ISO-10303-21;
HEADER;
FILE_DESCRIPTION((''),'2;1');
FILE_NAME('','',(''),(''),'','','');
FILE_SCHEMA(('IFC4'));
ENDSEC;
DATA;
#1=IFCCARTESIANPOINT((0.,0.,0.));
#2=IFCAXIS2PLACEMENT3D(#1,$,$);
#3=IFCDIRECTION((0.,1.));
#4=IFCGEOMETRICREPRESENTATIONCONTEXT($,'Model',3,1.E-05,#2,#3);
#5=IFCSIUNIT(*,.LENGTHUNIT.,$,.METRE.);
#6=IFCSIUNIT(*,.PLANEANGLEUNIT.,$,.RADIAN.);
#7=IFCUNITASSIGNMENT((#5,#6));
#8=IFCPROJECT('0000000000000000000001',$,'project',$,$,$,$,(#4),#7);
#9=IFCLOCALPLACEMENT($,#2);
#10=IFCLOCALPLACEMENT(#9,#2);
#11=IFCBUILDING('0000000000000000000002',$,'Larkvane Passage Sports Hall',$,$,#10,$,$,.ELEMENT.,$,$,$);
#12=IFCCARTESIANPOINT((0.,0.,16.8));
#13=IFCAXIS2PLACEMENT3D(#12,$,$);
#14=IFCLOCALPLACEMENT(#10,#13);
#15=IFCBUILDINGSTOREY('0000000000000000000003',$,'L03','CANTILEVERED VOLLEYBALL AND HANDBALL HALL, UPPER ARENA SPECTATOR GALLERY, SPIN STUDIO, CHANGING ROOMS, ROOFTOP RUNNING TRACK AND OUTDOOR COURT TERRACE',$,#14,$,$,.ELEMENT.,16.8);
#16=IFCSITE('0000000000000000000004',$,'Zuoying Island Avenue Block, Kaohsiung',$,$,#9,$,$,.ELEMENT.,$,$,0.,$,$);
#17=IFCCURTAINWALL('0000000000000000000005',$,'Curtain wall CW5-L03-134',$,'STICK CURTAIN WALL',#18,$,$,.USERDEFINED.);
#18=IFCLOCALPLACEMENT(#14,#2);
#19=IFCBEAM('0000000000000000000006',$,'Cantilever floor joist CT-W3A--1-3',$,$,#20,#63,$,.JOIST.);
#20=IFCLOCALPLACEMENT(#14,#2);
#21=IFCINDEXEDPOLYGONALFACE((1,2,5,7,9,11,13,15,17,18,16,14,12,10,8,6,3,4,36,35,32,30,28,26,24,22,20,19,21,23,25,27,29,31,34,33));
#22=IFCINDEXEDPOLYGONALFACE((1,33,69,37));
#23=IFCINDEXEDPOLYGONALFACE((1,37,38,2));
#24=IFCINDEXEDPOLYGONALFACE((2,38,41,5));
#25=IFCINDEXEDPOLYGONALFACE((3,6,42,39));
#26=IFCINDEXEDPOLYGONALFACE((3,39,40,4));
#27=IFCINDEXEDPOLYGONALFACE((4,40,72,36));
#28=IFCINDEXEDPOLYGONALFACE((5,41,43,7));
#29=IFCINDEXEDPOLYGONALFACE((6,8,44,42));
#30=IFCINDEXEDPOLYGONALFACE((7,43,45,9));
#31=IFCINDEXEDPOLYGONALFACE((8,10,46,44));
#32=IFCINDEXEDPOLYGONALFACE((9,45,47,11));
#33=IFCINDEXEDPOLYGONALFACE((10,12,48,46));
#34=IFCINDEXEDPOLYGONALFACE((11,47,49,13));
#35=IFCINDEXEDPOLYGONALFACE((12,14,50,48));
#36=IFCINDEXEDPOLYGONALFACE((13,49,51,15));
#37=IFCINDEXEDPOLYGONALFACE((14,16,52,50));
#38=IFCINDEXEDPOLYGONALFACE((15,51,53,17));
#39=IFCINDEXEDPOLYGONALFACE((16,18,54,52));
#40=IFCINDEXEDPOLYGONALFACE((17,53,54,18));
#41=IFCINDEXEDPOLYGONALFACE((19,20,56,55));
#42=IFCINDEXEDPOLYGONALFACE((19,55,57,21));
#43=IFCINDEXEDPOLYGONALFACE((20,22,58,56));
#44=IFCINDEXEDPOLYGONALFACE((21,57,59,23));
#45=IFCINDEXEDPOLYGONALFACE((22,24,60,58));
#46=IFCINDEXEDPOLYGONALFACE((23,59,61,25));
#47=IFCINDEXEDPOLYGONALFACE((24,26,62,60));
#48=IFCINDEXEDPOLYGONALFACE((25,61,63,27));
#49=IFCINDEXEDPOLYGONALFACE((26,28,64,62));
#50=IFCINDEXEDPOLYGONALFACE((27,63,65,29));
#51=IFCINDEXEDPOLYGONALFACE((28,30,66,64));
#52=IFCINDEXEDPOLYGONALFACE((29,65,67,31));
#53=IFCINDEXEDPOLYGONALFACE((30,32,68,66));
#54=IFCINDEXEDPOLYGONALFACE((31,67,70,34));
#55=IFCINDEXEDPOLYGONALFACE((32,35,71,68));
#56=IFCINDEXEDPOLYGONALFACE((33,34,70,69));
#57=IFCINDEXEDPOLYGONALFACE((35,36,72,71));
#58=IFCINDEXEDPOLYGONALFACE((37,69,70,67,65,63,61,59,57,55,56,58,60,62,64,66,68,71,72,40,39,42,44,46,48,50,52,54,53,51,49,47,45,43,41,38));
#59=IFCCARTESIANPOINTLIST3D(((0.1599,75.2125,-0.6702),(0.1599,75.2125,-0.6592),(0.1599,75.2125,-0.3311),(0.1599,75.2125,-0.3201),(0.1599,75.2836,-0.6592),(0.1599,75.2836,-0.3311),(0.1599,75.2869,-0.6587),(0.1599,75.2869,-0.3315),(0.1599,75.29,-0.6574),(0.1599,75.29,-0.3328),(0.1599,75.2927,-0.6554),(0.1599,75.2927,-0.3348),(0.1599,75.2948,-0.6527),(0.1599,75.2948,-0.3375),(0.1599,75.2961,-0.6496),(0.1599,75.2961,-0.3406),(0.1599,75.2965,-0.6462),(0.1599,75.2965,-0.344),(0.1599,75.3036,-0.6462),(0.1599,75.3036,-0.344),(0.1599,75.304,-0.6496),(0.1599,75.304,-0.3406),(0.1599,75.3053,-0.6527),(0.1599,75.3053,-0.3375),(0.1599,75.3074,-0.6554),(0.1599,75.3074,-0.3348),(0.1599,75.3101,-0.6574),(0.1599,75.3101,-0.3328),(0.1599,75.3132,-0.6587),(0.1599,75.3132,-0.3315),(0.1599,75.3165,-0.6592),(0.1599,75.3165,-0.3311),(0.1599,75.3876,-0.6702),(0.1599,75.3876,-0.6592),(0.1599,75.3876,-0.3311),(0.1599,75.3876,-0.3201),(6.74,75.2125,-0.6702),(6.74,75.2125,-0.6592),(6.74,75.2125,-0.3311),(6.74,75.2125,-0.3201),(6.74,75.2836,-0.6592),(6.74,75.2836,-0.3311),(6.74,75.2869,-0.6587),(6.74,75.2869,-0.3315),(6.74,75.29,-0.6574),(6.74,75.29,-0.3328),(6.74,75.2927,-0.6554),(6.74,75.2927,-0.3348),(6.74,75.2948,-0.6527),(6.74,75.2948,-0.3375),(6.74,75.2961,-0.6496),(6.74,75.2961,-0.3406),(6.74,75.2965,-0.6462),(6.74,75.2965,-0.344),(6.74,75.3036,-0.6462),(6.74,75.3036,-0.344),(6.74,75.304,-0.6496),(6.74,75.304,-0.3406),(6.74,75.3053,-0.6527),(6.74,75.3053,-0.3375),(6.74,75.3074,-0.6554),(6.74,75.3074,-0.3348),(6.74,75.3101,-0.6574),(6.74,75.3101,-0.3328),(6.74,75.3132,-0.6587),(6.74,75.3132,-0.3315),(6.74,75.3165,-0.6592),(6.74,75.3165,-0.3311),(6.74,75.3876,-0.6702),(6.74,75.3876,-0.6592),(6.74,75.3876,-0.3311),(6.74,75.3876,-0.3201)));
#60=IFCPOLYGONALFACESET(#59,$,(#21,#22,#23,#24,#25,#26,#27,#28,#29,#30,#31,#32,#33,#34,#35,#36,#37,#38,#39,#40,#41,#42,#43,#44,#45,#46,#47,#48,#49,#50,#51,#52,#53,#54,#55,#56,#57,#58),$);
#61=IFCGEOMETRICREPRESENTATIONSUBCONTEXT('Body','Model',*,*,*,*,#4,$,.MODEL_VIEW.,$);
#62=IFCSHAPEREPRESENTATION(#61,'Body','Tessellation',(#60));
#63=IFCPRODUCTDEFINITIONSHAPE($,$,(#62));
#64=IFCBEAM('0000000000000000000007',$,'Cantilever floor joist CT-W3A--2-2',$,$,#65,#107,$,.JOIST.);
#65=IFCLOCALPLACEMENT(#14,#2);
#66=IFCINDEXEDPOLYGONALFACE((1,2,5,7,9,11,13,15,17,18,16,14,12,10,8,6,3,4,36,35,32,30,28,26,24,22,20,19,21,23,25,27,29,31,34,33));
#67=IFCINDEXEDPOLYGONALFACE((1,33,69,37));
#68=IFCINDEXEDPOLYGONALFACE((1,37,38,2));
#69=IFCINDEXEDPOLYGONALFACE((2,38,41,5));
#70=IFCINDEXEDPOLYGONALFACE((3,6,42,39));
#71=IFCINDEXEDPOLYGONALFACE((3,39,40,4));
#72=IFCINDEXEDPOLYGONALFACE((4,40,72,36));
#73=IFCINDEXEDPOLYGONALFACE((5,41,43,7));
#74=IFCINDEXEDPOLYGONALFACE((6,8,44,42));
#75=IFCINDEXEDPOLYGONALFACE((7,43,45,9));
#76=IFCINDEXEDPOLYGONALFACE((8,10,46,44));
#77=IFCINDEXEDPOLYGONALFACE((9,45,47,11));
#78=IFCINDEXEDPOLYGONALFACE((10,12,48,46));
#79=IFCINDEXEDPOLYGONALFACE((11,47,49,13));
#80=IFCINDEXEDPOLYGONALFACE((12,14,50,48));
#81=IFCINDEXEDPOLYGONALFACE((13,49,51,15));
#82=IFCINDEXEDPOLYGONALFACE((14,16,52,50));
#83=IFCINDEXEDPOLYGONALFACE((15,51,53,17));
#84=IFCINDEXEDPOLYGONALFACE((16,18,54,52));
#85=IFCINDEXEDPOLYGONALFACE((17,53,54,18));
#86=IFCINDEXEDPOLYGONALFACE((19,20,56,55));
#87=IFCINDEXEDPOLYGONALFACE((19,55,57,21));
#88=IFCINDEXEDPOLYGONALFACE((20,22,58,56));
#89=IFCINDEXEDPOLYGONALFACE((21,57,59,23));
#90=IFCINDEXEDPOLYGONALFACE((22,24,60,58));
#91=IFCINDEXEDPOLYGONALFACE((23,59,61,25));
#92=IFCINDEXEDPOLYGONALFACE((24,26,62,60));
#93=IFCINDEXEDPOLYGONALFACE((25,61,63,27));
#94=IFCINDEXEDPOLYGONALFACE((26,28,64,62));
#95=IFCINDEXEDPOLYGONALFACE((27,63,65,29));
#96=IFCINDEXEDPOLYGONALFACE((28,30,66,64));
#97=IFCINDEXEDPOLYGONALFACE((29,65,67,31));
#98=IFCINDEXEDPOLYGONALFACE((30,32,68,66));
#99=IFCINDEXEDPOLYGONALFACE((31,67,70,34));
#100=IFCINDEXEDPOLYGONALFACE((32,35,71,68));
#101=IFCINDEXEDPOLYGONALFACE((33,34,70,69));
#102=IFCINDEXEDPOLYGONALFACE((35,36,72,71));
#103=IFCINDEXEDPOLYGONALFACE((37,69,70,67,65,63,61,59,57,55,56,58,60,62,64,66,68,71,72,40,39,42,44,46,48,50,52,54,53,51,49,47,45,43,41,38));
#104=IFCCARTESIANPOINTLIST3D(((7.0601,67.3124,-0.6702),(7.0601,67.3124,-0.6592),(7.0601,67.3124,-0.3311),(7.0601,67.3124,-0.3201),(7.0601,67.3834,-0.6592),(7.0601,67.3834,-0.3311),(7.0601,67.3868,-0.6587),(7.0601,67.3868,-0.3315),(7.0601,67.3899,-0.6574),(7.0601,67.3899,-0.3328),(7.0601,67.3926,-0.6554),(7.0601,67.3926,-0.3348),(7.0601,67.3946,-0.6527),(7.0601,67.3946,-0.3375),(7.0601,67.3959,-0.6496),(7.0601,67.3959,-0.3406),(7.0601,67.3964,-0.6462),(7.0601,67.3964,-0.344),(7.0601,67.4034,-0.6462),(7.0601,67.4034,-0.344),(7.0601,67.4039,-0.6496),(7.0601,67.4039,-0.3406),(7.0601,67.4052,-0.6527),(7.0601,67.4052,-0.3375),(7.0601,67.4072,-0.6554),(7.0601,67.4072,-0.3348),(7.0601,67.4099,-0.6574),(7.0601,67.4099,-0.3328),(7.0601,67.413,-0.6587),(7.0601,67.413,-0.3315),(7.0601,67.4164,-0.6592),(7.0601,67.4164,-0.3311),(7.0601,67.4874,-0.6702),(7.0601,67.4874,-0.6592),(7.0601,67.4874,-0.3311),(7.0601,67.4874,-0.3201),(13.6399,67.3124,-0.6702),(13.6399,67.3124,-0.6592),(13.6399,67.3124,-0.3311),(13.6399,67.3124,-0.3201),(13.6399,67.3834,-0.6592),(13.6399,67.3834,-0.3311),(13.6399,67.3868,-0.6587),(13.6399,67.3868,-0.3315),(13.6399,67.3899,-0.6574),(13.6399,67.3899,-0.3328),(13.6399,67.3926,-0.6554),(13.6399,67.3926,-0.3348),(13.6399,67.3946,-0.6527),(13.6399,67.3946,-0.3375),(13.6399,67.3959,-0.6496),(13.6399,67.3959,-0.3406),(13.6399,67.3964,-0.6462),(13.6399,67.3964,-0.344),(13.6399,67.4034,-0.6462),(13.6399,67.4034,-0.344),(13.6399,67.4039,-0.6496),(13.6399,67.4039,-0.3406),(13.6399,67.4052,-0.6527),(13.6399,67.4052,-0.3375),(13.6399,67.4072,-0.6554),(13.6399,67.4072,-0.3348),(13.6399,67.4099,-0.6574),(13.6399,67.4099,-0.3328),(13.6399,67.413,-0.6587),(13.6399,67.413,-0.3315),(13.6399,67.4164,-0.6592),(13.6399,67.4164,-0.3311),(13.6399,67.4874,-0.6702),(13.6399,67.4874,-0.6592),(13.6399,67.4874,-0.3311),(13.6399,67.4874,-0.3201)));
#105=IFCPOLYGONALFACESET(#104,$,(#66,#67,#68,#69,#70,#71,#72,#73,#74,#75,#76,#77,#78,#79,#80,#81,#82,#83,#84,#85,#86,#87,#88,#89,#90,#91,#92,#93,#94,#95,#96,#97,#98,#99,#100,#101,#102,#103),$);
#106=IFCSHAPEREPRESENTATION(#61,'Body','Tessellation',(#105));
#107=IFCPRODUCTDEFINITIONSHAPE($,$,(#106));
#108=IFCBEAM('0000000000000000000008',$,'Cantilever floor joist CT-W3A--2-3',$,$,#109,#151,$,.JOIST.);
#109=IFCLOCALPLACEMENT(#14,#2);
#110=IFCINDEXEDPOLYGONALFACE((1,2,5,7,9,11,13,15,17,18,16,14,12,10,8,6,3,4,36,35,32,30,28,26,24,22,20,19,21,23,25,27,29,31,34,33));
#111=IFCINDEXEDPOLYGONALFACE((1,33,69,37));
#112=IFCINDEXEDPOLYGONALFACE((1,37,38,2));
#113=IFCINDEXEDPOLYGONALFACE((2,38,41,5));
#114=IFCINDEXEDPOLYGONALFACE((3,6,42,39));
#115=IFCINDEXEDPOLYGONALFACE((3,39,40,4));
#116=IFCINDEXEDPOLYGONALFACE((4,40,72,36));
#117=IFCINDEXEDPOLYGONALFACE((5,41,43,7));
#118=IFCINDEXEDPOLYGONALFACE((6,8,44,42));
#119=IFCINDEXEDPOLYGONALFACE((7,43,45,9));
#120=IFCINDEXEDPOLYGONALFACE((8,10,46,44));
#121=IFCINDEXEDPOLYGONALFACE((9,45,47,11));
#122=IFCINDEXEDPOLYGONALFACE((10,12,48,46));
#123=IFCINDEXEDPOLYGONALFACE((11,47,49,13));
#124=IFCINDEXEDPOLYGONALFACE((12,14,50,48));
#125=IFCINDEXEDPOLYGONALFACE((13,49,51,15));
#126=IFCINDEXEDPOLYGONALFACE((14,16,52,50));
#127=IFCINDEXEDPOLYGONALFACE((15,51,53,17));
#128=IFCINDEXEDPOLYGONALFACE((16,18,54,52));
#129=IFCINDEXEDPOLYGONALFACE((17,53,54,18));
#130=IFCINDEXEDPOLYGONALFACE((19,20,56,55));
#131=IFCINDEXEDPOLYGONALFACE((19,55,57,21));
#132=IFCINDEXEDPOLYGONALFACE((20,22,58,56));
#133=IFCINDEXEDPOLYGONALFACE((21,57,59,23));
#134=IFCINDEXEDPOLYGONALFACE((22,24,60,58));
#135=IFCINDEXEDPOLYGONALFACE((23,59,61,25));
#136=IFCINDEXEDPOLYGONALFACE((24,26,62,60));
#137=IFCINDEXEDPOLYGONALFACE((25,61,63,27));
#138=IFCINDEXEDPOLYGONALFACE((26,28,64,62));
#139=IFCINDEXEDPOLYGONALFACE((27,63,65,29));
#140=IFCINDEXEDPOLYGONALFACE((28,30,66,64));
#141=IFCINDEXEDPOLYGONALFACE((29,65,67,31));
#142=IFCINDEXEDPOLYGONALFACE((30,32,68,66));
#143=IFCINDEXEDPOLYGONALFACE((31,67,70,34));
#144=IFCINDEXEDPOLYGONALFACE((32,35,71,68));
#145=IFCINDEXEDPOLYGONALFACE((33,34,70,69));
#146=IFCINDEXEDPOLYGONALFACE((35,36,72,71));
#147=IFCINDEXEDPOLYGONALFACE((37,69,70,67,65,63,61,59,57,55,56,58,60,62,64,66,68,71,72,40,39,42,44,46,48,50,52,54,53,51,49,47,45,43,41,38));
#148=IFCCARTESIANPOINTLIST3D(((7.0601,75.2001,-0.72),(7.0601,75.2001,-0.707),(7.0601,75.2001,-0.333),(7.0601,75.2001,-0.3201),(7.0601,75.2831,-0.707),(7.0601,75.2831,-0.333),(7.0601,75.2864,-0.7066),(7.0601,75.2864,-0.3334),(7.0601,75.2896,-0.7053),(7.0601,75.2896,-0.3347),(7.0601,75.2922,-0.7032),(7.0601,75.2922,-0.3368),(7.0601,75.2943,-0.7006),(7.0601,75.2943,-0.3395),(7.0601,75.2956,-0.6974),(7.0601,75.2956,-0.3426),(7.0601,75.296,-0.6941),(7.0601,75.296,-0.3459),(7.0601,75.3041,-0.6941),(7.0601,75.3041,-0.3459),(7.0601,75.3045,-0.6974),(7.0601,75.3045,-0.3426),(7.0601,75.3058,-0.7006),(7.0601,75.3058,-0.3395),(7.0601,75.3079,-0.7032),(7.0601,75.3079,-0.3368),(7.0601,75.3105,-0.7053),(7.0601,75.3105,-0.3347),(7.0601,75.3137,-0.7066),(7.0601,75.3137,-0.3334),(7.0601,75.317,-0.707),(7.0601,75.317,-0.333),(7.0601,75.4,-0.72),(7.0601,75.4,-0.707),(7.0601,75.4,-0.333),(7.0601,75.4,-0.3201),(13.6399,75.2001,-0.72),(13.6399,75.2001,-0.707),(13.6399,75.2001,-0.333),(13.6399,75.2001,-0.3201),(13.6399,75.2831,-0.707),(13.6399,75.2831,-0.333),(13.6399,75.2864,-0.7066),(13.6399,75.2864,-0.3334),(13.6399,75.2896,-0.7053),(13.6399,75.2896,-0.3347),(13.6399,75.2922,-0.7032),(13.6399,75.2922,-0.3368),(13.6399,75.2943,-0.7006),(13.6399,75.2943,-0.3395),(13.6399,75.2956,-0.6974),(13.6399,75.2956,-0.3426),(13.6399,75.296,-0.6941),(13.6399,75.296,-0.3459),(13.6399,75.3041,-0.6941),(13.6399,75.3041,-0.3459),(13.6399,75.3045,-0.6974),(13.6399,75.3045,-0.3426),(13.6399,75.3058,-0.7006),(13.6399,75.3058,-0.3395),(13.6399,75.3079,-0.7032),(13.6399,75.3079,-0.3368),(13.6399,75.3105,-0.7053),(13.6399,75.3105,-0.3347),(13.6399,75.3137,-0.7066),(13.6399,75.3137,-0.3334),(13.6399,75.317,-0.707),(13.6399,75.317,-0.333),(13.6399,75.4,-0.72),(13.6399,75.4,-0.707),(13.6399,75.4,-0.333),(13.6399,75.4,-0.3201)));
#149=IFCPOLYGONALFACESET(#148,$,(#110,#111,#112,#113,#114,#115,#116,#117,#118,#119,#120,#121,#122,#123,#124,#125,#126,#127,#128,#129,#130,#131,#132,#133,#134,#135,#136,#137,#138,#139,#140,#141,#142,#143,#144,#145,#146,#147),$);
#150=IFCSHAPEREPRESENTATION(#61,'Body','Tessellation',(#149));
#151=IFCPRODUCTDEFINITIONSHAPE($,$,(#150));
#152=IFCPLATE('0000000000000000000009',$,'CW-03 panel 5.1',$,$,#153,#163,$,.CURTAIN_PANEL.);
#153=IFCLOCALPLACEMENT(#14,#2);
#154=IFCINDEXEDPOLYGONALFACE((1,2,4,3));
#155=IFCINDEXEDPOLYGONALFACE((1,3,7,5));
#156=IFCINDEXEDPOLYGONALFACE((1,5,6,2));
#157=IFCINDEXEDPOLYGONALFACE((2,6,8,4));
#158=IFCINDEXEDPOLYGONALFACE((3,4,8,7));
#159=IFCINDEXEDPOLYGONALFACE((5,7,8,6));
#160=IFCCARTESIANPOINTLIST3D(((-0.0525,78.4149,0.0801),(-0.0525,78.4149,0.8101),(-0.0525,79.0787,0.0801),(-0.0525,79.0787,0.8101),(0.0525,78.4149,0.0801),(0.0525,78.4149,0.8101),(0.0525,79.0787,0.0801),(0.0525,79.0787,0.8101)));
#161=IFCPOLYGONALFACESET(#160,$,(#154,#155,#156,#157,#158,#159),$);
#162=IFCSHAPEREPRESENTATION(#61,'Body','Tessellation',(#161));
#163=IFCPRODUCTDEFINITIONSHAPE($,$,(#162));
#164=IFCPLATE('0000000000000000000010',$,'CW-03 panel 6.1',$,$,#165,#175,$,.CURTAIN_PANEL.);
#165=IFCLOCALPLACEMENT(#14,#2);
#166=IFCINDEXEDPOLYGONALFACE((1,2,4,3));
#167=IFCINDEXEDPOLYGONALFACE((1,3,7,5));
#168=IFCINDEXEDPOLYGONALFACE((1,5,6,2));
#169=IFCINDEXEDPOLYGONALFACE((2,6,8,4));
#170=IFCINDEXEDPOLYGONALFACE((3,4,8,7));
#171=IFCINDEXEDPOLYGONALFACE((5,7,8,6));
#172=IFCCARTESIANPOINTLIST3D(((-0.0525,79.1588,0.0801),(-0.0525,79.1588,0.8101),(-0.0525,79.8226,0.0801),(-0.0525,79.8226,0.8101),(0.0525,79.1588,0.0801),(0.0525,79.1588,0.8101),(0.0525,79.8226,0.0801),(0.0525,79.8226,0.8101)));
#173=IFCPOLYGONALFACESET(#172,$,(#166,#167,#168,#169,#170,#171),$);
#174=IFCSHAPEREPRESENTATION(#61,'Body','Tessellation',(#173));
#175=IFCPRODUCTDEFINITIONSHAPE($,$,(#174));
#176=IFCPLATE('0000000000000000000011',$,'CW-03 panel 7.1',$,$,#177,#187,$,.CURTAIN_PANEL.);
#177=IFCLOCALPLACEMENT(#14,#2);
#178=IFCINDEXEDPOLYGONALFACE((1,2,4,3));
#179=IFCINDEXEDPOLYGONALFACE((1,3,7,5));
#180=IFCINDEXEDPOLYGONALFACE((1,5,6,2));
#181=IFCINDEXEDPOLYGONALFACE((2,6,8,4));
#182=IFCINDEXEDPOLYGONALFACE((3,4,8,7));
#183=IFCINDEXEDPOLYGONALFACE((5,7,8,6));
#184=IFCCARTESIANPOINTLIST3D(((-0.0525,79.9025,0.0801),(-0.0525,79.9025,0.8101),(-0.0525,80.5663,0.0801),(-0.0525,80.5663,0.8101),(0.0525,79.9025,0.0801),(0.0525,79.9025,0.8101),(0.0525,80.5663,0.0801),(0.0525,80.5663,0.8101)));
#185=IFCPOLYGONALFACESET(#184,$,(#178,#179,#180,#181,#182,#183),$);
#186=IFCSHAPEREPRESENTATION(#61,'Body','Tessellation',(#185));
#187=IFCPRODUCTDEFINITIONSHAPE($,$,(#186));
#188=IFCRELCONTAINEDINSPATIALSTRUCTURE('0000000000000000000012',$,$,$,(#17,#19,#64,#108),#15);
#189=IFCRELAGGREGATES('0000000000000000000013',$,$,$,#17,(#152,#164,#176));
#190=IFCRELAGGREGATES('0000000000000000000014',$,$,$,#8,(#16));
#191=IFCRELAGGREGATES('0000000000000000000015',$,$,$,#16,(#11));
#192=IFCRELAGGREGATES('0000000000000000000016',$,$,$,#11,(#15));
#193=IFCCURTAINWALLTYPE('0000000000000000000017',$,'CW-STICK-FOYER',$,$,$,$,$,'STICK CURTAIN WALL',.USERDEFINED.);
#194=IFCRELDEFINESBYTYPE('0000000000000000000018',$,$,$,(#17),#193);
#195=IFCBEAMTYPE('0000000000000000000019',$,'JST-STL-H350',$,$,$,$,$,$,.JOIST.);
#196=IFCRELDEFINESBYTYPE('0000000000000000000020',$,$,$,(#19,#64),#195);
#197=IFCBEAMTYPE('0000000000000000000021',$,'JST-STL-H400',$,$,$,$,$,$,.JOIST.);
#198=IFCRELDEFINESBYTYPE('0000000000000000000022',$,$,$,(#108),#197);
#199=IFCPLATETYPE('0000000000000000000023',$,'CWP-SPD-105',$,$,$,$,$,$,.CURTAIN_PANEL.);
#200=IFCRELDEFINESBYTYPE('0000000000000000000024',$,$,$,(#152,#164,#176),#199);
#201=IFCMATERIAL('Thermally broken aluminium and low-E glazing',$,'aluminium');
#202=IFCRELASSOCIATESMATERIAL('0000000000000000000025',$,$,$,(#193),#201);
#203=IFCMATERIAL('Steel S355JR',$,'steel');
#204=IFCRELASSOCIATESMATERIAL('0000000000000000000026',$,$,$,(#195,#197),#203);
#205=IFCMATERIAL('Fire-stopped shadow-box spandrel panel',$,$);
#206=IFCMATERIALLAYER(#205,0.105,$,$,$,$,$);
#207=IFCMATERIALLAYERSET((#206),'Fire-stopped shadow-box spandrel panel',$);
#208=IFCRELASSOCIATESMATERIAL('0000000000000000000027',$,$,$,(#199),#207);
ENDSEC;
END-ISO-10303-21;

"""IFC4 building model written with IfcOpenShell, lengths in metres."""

from ifc_helpers import new_model, si_unit, direction, frame, origin, origin_2d, place, context, subcontext, project, spatial, rectangle, i_section, extrude, material, layer, layer_set, material_profile, profile_set, type_object, element, aggregate, save


model = new_model("IFC4")

# Units and contexts
model_context = context("Model", 3, precision=1e-05, world=origin(), true_north=direction((0.0, 1.0)))
body_context = subcontext(model_context, "Body", "Model", "MODEL_VIEW")
ifc_project = project(units=[si_unit("LENGTHUNIT", "METRE"), si_unit("PLANEANGLEUNIT", "RADIAN")], contexts=[model_context])

# Site, building, storey
site_placement = place(None, origin())
site = spatial("IfcSite", under=ifc_project, at=site_placement, Name="Zuoying Island Avenue Block, Kaohsiung", CompositionType="ELEMENT", RefElevation=0.0)
building_placement = place(site_placement, origin())
building = spatial("IfcBuilding", under=site, at=building_placement, Name="Larkvane Passage Sports Hall", CompositionType="ELEMENT")
storey_placement = place(building_placement, frame((0.0, 0.0, 16.8)))
storey = spatial("IfcBuildingStorey", under=building, at=storey_placement, Name="L03", Description="CANTILEVERED VOLLEYBALL AND HANDBALL HALL, UPPER ARENA SPECTATOR GALLERY, SPIN STUDIO, CHANGING ROOMS, ROOFTOP RUNNING TRACK AND OUTDOOR COURT TERRACE", CompositionType="ELEMENT", Elevation=16.8)

# Curtain wall
ifc_material_1 = material(Name="Thermally broken aluminium and low-E glazing", Category="aluminium")
curtain_wall_type = type_object("IfcCurtainWallType", Name="CW-STICK-FOYER", ElementType="STICK CURTAIN WALL", PredefinedType="USERDEFINED", material=ifc_material_1)
curtain_wall_placement = place(storey_placement, origin())
curtain_wall = element("IfcCurtainWall", 1, at=curtain_wall_placement, inside=storey, type_object=curtain_wall_type, Name="Curtain wall CW5-L03-134", ObjectType="STICK CURTAIN WALL", PredefinedType="USERDEFINED")

# Beams
ifc_material_2 = material(Name="Steel S355JR", Category="steel")
ifc_material_profile_1 = material_profile(ifc_material_2, i_section(OverallWidth=0.175, OverallDepth=0.3501, WebThickness=0.0071, FlangeThickness=0.011, FilletRadius=0.0129, at=origin_2d()), Name="H-350x175x7x11")
ifc_profile_set_1 = profile_set([ifc_material_profile_1], Name="Steel S355JR")
beam_type_1 = type_object("IfcBeamType", Name="JST-STL-H350", PredefinedType="JOIST", material=ifc_profile_set_1)
beam_1_placement = place(storey_placement, frame((0.1599, 75.3, -0.4951), z_axis=(1.0, 0.0, 0.0), x_axis=(0.0, 1.0, 0.0)))
element("IfcBeam", 2, at=beam_1_placement, inside=storey, type_object=beam_type_1, Name="Cantilever floor joist CT-W3A--1-3", PredefinedType="JOIST", context=body_context, shape_type="SweptSolid", body=[
    extrude(i_section(OverallWidth=0.175, OverallDepth=0.3501, WebThickness=0.0071, FlangeThickness=0.011, FilletRadius=0.0129, at=origin_2d()), origin(), (0.0, 0.0, 1.0), 6.5801),
])
beam_2_placement = place(storey_placement, frame((7.0601, 67.3999, -0.4951), z_axis=(1.0, 0.0, 0.0), x_axis=(0.0, 1.0, 0.0)))
element("IfcBeam", 3, at=beam_2_placement, inside=storey, type_object=beam_type_1, Name="Cantilever floor joist CT-W3A--2-2", PredefinedType="JOIST", context=body_context, shape_type="SweptSolid", body=[
    extrude(i_section(OverallWidth=0.175, OverallDepth=0.3501, WebThickness=0.0071, FlangeThickness=0.011, FilletRadius=0.0129, at=origin_2d()), origin(), (0.0, 0.0, 1.0), 6.5798),
])
ifc_material_profile_2 = material_profile(ifc_material_2, i_section(OverallWidth=0.2, OverallDepth=0.3999, WebThickness=0.0081, FlangeThickness=0.0129, FilletRadius=0.0129, at=origin_2d()), Name="H-400x200x8x13")
ifc_profile_set_2 = profile_set([ifc_material_profile_2], Name="Steel S355JR")
beam_type_2 = type_object("IfcBeamType", Name="JST-STL-H400", PredefinedType="JOIST", material=ifc_profile_set_2)
beam_3_placement = place(storey_placement, frame((7.0601, 75.3, -0.52), z_axis=(1.0, 0.0, 0.0), x_axis=(0.0, 1.0, 0.0)))
element("IfcBeam", 4, at=beam_3_placement, inside=storey, type_object=beam_type_2, Name="Cantilever floor joist CT-W3A--2-3", PredefinedType="JOIST", context=body_context, shape_type="SweptSolid", body=[
    extrude(i_section(OverallWidth=0.2, OverallDepth=0.3999, WebThickness=0.0081, FlangeThickness=0.0129, FilletRadius=0.0129, at=origin_2d()), origin(), (0.0, 0.0, 1.0), 6.5798),
])

# Plates
ifc_material_3 = material(Name="Fire-stopped shadow-box spandrel panel")
ifc_layer_1 = layer(ifc_material_3, 0.105)
ifc_layer_set_1 = layer_set([ifc_layer_1], Name="Fire-stopped shadow-box spandrel panel")
plate_type_1 = type_object("IfcPlateType", Name="CWP-SPD-105", PredefinedType="CURTAIN_PANEL", material=ifc_layer_set_1)
plate_1_placement = place(storey_placement, frame((0.0, 78.7468, 0.0801), z_axis=(0.0, 0.0, 1.0), x_axis=(0.0, 1.0, 0.0)))
plate_1 = element("IfcPlate", 5, at=plate_1_placement, type_object=plate_type_1, Name="CW-03 panel 5.1", PredefinedType="CURTAIN_PANEL", context=body_context, shape_type="SweptSolid", body=[
    extrude(rectangle(XDim=0.6638, YDim=0.105, at=origin_2d()), origin(), (0.0, 0.0, 1.0), 0.73),
])
plate_2_placement = place(storey_placement, frame((0.0, 79.4907, 0.0801), z_axis=(0.0, 0.0, 1.0), x_axis=(0.0, 1.0, 0.0)))
plate_2 = element("IfcPlate", 6, at=plate_2_placement, type_object=plate_type_1, Name="CW-03 panel 6.1", PredefinedType="CURTAIN_PANEL", context=body_context, shape_type="SweptSolid", body=[
    extrude(rectangle(XDim=0.6638, YDim=0.105, at=origin_2d()), origin(), (0.0, 0.0, 1.0), 0.73),
])
plate_3_placement = place(storey_placement, frame((0.0, 80.2344, 0.0801), z_axis=(0.0, 0.0, 1.0), x_axis=(0.0, 1.0, 0.0)))
plate_3 = element("IfcPlate", 7, at=plate_3_placement, type_object=plate_type_1, Name="CW-03 panel 7.1", PredefinedType="CURTAIN_PANEL", context=body_context, shape_type="SweptSolid", body=[
    extrude(rectangle(XDim=0.6638, YDim=0.105, at=origin_2d()), origin(), (0.0, 0.0, 1.0), 0.73),
])
aggregate(curtain_wall, [plate_1, plate_2, plate_3])

save(model, "model.ifc")
